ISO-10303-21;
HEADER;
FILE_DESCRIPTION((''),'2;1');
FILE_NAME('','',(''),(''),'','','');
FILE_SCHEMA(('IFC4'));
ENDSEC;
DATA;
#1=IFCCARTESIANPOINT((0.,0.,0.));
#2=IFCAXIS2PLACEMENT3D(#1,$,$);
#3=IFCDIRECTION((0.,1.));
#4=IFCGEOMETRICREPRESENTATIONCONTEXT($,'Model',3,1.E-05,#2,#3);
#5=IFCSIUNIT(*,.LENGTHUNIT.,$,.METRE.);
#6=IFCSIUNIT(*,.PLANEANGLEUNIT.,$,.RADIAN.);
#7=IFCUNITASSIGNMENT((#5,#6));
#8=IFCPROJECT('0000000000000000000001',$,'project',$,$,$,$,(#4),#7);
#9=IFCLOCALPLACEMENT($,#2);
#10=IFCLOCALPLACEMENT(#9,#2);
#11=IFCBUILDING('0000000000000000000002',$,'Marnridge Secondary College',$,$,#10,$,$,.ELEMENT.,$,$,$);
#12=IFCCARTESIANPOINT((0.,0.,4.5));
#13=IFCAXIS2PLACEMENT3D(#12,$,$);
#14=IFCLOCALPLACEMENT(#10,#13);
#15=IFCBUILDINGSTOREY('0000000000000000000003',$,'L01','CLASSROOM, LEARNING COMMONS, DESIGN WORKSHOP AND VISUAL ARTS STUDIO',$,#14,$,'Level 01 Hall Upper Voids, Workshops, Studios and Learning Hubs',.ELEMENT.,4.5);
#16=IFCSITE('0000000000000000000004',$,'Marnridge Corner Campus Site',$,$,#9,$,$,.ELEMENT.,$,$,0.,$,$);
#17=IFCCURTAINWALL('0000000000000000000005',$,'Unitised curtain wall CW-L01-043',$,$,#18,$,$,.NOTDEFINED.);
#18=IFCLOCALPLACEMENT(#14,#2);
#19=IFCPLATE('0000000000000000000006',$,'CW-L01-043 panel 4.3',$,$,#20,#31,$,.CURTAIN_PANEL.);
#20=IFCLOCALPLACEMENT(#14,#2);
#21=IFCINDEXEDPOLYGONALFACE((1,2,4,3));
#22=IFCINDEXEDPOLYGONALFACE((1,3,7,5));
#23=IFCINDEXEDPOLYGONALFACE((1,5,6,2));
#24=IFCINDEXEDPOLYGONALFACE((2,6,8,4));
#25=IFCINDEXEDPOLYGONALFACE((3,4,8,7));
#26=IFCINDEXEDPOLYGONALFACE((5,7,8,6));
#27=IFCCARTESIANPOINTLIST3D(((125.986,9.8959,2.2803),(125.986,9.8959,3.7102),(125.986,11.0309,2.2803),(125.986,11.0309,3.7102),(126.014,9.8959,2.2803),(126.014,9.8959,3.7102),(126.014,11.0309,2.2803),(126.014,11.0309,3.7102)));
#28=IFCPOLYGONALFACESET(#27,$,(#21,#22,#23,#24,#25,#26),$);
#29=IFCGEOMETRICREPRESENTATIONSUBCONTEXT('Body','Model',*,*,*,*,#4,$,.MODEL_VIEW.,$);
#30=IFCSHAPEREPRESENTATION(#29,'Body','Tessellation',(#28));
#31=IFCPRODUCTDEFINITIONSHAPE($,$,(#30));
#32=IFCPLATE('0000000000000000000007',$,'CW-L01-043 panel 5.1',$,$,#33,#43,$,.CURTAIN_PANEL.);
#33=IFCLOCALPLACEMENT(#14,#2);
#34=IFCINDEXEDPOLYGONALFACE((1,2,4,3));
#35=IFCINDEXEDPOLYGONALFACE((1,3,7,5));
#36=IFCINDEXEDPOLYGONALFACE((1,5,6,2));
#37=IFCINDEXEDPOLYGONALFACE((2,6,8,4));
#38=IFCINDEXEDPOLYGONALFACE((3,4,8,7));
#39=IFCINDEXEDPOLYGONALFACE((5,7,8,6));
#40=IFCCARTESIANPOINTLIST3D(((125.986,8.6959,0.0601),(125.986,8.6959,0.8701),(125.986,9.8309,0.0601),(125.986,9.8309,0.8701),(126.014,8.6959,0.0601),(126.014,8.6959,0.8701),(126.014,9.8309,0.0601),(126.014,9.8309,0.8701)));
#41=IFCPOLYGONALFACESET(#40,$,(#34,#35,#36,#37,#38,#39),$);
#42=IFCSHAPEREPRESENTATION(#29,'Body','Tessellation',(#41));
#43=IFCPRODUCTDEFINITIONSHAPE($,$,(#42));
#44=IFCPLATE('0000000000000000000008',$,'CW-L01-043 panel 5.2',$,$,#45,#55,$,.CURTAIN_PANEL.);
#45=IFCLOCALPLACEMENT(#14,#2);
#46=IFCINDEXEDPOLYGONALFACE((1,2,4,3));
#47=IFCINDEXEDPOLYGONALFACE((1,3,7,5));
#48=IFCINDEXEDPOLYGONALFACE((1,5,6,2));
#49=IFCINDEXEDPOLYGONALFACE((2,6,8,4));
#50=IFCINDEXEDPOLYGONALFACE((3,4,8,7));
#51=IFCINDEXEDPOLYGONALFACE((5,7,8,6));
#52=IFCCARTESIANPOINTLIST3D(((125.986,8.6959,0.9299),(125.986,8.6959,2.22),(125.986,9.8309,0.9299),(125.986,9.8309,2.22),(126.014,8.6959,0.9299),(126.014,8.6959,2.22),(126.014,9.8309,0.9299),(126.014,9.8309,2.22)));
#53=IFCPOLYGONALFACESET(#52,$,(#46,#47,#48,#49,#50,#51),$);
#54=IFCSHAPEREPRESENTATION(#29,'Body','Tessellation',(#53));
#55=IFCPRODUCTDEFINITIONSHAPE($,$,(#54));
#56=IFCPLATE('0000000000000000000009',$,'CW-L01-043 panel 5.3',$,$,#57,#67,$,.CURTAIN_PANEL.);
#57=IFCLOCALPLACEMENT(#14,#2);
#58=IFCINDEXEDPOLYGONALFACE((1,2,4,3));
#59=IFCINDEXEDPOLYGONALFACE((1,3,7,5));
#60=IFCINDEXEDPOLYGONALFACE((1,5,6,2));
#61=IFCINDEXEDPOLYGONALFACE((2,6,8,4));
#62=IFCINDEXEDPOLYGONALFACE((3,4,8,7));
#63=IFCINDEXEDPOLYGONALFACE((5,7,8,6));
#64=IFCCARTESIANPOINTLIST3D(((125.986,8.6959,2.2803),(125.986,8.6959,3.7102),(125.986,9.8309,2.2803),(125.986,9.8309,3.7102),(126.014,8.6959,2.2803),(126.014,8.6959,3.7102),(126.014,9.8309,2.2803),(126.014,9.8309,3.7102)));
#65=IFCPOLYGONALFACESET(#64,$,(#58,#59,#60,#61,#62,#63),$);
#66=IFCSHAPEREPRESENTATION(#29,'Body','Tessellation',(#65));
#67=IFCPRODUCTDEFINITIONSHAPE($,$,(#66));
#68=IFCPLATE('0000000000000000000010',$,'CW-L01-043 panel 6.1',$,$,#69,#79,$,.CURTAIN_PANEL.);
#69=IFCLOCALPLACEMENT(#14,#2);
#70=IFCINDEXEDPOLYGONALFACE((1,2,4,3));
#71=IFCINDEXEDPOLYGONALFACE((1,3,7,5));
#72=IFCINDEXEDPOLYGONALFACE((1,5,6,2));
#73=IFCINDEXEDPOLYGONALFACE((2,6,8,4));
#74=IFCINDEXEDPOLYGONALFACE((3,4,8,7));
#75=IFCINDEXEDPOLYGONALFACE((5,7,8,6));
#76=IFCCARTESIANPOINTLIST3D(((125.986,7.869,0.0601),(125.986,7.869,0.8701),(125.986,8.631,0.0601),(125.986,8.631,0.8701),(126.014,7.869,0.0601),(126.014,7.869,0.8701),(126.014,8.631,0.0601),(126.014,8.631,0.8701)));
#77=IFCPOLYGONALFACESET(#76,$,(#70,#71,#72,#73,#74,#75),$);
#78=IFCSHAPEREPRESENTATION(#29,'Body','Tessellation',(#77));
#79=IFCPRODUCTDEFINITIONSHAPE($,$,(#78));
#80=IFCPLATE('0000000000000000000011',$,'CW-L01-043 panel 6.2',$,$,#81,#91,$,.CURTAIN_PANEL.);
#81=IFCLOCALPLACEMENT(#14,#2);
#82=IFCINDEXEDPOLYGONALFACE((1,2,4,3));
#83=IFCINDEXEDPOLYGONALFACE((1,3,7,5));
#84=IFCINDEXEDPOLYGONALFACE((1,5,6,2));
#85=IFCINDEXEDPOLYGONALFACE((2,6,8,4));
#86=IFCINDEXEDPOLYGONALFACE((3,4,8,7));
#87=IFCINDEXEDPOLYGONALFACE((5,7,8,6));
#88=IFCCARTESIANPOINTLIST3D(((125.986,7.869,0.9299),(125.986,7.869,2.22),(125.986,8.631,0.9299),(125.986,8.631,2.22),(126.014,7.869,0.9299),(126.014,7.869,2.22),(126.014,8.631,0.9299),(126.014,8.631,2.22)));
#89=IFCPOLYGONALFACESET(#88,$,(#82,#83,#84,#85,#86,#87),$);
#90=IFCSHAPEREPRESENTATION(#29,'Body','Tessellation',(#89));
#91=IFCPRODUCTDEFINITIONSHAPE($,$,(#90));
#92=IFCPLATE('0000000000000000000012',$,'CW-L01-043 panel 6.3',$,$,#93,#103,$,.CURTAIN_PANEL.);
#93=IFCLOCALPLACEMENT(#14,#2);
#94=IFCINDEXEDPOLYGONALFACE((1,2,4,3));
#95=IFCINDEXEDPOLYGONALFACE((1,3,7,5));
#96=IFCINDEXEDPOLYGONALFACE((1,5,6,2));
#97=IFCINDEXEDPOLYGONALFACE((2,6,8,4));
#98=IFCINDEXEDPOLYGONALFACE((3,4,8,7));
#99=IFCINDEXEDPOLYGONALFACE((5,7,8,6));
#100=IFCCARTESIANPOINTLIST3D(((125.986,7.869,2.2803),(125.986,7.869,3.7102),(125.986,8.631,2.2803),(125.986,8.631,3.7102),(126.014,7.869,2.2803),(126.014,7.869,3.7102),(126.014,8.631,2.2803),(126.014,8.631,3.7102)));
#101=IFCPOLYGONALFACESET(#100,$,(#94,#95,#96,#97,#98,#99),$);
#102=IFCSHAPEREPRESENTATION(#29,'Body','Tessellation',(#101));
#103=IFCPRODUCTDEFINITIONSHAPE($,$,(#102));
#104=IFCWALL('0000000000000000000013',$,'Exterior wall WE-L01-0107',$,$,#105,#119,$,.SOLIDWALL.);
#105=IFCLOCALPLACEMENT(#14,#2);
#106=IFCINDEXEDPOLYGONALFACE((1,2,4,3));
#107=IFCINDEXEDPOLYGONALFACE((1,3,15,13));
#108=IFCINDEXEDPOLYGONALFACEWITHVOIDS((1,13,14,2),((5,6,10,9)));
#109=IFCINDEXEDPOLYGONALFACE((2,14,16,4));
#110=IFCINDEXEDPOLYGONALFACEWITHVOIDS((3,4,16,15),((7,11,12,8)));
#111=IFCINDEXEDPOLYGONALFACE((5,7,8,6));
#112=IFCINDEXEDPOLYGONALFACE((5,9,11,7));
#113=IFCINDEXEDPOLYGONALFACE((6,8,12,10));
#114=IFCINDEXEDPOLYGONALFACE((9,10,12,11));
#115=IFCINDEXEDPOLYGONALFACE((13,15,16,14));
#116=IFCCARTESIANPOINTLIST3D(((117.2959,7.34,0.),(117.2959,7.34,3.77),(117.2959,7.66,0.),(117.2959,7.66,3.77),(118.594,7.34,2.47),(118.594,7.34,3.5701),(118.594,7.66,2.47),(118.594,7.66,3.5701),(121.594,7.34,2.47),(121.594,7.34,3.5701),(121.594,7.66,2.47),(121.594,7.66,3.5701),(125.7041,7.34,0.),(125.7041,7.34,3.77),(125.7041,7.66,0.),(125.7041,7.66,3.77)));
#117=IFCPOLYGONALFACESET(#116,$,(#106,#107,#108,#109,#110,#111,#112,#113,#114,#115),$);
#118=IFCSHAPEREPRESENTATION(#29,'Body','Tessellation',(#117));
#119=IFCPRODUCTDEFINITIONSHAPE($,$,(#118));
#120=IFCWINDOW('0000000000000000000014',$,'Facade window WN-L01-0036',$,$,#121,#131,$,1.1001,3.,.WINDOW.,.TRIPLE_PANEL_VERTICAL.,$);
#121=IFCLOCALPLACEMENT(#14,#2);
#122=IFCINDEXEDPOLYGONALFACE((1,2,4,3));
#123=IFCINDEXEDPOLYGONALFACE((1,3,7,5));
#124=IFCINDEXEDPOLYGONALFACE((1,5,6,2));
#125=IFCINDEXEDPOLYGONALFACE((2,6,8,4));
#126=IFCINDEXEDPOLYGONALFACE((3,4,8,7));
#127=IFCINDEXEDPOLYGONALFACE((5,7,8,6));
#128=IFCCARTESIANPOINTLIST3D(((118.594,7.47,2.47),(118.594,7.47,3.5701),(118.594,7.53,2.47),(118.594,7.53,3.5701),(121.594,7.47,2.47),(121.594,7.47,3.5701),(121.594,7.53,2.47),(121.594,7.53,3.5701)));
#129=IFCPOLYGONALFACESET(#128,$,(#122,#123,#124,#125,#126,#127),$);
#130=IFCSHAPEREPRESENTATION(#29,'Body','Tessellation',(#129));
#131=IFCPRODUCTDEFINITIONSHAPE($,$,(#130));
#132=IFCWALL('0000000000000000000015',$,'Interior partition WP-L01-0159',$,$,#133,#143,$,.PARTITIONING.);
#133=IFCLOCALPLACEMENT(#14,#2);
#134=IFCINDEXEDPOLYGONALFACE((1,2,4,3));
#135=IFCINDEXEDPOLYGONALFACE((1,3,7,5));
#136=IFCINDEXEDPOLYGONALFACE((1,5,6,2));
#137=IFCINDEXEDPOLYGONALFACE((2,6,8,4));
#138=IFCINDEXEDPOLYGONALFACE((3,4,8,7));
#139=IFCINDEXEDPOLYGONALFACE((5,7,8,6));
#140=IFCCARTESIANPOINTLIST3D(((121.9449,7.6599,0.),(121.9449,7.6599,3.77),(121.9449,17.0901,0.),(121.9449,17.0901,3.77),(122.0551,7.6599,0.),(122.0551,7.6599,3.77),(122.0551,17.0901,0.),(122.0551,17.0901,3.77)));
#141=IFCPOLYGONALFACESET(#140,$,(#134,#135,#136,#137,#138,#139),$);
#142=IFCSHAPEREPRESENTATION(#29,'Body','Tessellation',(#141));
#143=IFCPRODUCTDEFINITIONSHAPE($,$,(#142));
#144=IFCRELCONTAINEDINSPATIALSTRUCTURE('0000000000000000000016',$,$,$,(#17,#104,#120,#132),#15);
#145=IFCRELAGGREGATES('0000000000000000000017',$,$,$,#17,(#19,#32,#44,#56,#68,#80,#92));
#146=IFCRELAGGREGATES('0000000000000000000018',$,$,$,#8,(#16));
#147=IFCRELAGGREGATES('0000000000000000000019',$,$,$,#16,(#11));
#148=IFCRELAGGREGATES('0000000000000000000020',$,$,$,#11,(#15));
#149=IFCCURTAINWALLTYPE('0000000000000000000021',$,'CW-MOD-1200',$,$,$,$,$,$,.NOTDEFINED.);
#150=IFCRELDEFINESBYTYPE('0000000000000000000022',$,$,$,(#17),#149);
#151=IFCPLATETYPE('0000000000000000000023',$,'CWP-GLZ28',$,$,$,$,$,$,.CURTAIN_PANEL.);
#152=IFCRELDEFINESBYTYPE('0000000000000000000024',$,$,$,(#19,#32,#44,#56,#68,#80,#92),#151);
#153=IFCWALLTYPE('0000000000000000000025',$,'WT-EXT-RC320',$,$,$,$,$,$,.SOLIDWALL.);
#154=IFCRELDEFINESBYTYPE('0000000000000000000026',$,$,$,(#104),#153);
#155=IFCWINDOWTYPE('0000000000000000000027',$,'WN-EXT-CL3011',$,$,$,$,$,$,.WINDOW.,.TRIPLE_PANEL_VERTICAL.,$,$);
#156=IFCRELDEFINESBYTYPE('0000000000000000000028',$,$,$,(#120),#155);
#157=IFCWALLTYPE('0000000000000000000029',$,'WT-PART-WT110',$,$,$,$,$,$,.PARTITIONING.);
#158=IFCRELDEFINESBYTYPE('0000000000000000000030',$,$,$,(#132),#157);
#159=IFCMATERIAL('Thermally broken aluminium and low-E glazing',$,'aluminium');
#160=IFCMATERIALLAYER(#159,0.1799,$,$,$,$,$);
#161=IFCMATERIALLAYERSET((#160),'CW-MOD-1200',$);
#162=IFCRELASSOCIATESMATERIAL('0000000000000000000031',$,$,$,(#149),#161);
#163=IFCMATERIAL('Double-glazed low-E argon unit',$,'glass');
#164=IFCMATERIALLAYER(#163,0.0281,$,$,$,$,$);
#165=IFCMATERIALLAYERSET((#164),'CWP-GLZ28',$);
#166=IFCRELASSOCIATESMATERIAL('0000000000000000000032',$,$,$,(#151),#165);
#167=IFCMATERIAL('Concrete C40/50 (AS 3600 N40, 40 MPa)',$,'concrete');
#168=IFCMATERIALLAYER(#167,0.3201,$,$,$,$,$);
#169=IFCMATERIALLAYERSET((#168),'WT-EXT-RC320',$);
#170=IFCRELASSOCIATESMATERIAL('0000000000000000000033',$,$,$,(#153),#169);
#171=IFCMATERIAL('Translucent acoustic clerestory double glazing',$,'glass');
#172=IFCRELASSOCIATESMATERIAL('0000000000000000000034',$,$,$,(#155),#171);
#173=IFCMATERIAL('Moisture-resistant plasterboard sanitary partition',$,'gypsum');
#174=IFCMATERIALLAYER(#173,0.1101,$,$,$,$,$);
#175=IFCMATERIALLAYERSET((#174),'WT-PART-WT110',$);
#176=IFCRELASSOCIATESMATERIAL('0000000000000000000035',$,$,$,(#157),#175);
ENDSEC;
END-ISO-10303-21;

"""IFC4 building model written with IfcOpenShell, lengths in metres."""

from ifc_helpers import new_model, si_unit, direction, frame, frame_2d, origin, origin_2d, place, context, subcontext, project, spatial, rectangle, extrude, material, layer, layer_set, type_object, element, fill, aggregate, save


model = new_model("IFC4")

# Units and contexts
model_context = context("Model", 3, precision=1e-05, world=origin(), true_north=direction((0.0, 1.0)))
body_context = subcontext(model_context, "Body", "Model", "MODEL_VIEW")
ifc_project = project(units=[si_unit("LENGTHUNIT", "METRE"), si_unit("PLANEANGLEUNIT", "RADIAN")], contexts=[model_context])

# Site, building, storey
site_placement = place(None, origin())
site = spatial("IfcSite", under=ifc_project, at=site_placement, Name="Marnridge Corner Campus Site", CompositionType="ELEMENT", RefElevation=0.0)
building_placement = place(site_placement, origin())
building = spatial("IfcBuilding", under=site, at=building_placement, Name="Marnridge Secondary College", CompositionType="ELEMENT")
storey_placement = place(building_placement, frame((0.0, 0.0, 4.5)))
storey = spatial("IfcBuildingStorey", under=building, at=storey_placement, Name="L01", Description="CLASSROOM, LEARNING COMMONS, DESIGN WORKSHOP AND VISUAL ARTS STUDIO", LongName="Level 01 Hall Upper Voids, Workshops, Studios and Learning Hubs", CompositionType="ELEMENT", Elevation=4.5)

# Curtain wall, plates
ifc_material_1 = material(Name="Thermally broken aluminium and low-E glazing", Category="aluminium")
ifc_layer_1 = layer(ifc_material_1, 0.1799)
ifc_layer_set_1 = layer_set([ifc_layer_1], Name="CW-MOD-1200")
curtain_wall_type = type_object("IfcCurtainWallType", Name="CW-MOD-1200", PredefinedType="NOTDEFINED", material=ifc_layer_set_1)
curtain_wall_placement = place(storey_placement, origin())
curtain_wall = element("IfcCurtainWall", 1, at=curtain_wall_placement, inside=storey, type_object=curtain_wall_type, Name="Unitised curtain wall CW-L01-043", PredefinedType="NOTDEFINED")
ifc_material_2 = material(Name="Double-glazed low-E argon unit", Category="glass")
ifc_layer_2 = layer(ifc_material_2, 0.0281)
ifc_layer_set_2 = layer_set([ifc_layer_2], Name="CWP-GLZ28")
plate_type = type_object("IfcPlateType", Name="CWP-GLZ28", PredefinedType="CURTAIN_PANEL", material=ifc_layer_set_2)
plate_1_placement = place(storey_placement, frame((126.0, 10.4634, 2.2803), z_axis=(0.0, 0.0, 1.0), x_axis=(0.0, -1.0, 0.0)))
plate_1 = element("IfcPlate", 2, at=plate_1_placement, type_object=plate_type, Name="CW-L01-043 panel 4.3", PredefinedType="CURTAIN_PANEL", context=body_context, shape_type="SweptSolid", body=[
    extrude(rectangle(XDim=1.135, YDim=0.0281, at=origin_2d()), origin(), (0.0, 0.0, 1.0), 1.4299),
])
plate_2_placement = place(storey_placement, frame((126.0, 9.2634, 0.0601), z_axis=(0.0, 0.0, 1.0), x_axis=(0.0, -1.0, 0.0)))
plate_2 = element("IfcPlate", 3, at=plate_2_placement, type_object=plate_type, Name="CW-L01-043 panel 5.1", PredefinedType="CURTAIN_PANEL", context=body_context, shape_type="SweptSolid", body=[
    extrude(rectangle(XDim=1.135, YDim=0.0281, at=origin_2d()), origin(), (0.0, 0.0, 1.0), 0.8101),
])
plate_3_placement = place(storey_placement, frame((126.0, 9.2634, 0.9299), z_axis=(0.0, 0.0, 1.0), x_axis=(0.0, -1.0, 0.0)))
plate_3 = element("IfcPlate", 4, at=plate_3_placement, type_object=plate_type, Name="CW-L01-043 panel 5.2", PredefinedType="CURTAIN_PANEL", context=body_context, shape_type="SweptSolid", body=[
    extrude(rectangle(XDim=1.135, YDim=0.0281, at=origin_2d()), origin(), (0.0, 0.0, 1.0), 1.29),
])
plate_4_placement = place(storey_placement, frame((126.0, 9.2634, 2.2803), z_axis=(0.0, 0.0, 1.0), x_axis=(0.0, -1.0, 0.0)))
plate_4 = element("IfcPlate", 5, at=plate_4_placement, type_object=plate_type, Name="CW-L01-043 panel 5.3", PredefinedType="CURTAIN_PANEL", context=body_context, shape_type="SweptSolid", body=[
    extrude(rectangle(XDim=1.135, YDim=0.0281, at=origin_2d()), origin(), (0.0, 0.0, 1.0), 1.4299),
])
plate_5_placement = place(storey_placement, frame((126.0, 8.25, 0.0601), z_axis=(0.0, 0.0, 1.0), x_axis=(0.0, -1.0, 0.0)))
plate_5 = element("IfcPlate", 6, at=plate_5_placement, type_object=plate_type, Name="CW-L01-043 panel 6.1", PredefinedType="CURTAIN_PANEL", context=body_context, shape_type="SweptSolid", body=[
    extrude(rectangle(XDim=0.762, YDim=0.0281, at=origin_2d()), origin(), (0.0, 0.0, 1.0), 0.8101),
])
plate_6_placement = place(storey_placement, frame((126.0, 8.25, 0.9299), z_axis=(0.0, 0.0, 1.0), x_axis=(0.0, -1.0, 0.0)))
plate_6 = element("IfcPlate", 7, at=plate_6_placement, type_object=plate_type, Name="CW-L01-043 panel 6.2", PredefinedType="CURTAIN_PANEL", context=body_context, shape_type="SweptSolid", body=[
    extrude(rectangle(XDim=0.762, YDim=0.0281, at=origin_2d()), origin(), (0.0, 0.0, 1.0), 1.29),
])
plate_7_placement = place(storey_placement, frame((126.0, 8.25, 2.2803), z_axis=(0.0, 0.0, 1.0), x_axis=(0.0, -1.0, 0.0)))
plate_7 = element("IfcPlate", 8, at=plate_7_placement, type_object=plate_type, Name="CW-L01-043 panel 6.3", PredefinedType="CURTAIN_PANEL", context=body_context, shape_type="SweptSolid", body=[
    extrude(rectangle(XDim=0.762, YDim=0.0281, at=origin_2d()), origin(), (0.0, 0.0, 1.0), 1.4299),
])
aggregate(curtain_wall, [plate_1, plate_2, plate_3, plate_4, plate_5, plate_6, plate_7])

# Wall, opening, window
ifc_material_3 = material(Name="Concrete C40/50 (AS 3600 N40, 40 MPa)", Category="concrete")
ifc_layer_3 = layer(ifc_material_3, 0.3201)
ifc_layer_set_3 = layer_set([ifc_layer_3], Name="WT-EXT-RC320")
wall_type_1 = type_object("IfcWallType", Name="WT-EXT-RC320", PredefinedType="SOLIDWALL", material=ifc_layer_set_3)
wall_1_placement = place(storey_placement, frame((125.7041, 7.5, 0.0), z_axis=(0.0, 0.0, 1.0), x_axis=(-1.0, 0.0, 0.0)))
wall_1 = element("IfcWall", 9, at=wall_1_placement, inside=storey, type_object=wall_type_1, Name="Exterior wall WE-L01-0107", PredefinedType="SOLIDWALL", context=body_context, shape_type="SweptSolid", body=[
    extrude(rectangle(XDim=8.4082, YDim=0.3201, at=frame_2d((4.2041, 0.0))), origin(), (0.0, 0.0, 1.0), 3.77),
])
opening_placement = place(wall_1_placement, frame((4.1101, 0.0, 2.47)))
opening = element("IfcOpeningElement", 10, at=opening_placement, cuts=wall_1, PredefinedType="OPENING", context=body_context, shape_type="SweptSolid", body=[
    extrude(rectangle(XDim=3.0, YDim=1.1001, at=frame_2d((1.5, 0.55))), frame((0.0, 0.1699, 0.0), z_axis=(0.0, -1.0, 0.0), x_axis=(1.0, 0.0, 0.0)), (0.0, 0.0, 1.0), 0.3401),
])
ifc_material_4 = material(Name="Translucent acoustic clerestory double glazing", Category="glass")
window_type = type_object("IfcWindowType", Name="WN-EXT-CL3011", PartitioningType="TRIPLE_PANEL_VERTICAL", PredefinedType="WINDOW", material=ifc_material_4)
window_placement = place(opening_placement, origin())
window = element("IfcWindow", 11, at=window_placement, inside=storey, type_object=window_type, Name="Facade window WN-L01-0036", OverallHeight=1.1001, OverallWidth=3.0, PartitioningType="TRIPLE_PANEL_VERTICAL", PredefinedType="WINDOW", context=body_context, shape_type="SweptSolid", body=[
    extrude(rectangle(XDim=3.0, YDim=1.1001, at=frame_2d((1.5, 0.55))), frame((0.0, 0.03, 0.0), z_axis=(0.0, -1.0, 0.0), x_axis=(1.0, 0.0, 0.0)), (0.0, 0.0, 1.0), 0.0601),
])
fill(opening, window)

# Wall
ifc_material_5 = material(Name="Moisture-resistant plasterboard sanitary partition", Category="gypsum")
ifc_layer_4 = layer(ifc_material_5, 0.1101)
ifc_layer_set_4 = layer_set([ifc_layer_4], Name="WT-PART-WT110")
wall_type_2 = type_object("IfcWallType", Name="WT-PART-WT110", PredefinedType="PARTITIONING", material=ifc_layer_set_4)
wall_2_placement = place(storey_placement, frame((122.0, 7.6599, 0.0), z_axis=(0.0, 0.0, 1.0), x_axis=(0.0, 1.0, 0.0)))
element("IfcWall", 12, at=wall_2_placement, inside=storey, type_object=wall_type_2, Name="Interior partition WP-L01-0159", PredefinedType="PARTITIONING", context=body_context, shape_type="SweptSolid", body=[
    extrude(rectangle(XDim=9.4302, YDim=0.1101, at=frame_2d((4.7151, 0.0))), origin(), (0.0, 0.0, 1.0), 3.77),
])

save(model, "model.ifc")
